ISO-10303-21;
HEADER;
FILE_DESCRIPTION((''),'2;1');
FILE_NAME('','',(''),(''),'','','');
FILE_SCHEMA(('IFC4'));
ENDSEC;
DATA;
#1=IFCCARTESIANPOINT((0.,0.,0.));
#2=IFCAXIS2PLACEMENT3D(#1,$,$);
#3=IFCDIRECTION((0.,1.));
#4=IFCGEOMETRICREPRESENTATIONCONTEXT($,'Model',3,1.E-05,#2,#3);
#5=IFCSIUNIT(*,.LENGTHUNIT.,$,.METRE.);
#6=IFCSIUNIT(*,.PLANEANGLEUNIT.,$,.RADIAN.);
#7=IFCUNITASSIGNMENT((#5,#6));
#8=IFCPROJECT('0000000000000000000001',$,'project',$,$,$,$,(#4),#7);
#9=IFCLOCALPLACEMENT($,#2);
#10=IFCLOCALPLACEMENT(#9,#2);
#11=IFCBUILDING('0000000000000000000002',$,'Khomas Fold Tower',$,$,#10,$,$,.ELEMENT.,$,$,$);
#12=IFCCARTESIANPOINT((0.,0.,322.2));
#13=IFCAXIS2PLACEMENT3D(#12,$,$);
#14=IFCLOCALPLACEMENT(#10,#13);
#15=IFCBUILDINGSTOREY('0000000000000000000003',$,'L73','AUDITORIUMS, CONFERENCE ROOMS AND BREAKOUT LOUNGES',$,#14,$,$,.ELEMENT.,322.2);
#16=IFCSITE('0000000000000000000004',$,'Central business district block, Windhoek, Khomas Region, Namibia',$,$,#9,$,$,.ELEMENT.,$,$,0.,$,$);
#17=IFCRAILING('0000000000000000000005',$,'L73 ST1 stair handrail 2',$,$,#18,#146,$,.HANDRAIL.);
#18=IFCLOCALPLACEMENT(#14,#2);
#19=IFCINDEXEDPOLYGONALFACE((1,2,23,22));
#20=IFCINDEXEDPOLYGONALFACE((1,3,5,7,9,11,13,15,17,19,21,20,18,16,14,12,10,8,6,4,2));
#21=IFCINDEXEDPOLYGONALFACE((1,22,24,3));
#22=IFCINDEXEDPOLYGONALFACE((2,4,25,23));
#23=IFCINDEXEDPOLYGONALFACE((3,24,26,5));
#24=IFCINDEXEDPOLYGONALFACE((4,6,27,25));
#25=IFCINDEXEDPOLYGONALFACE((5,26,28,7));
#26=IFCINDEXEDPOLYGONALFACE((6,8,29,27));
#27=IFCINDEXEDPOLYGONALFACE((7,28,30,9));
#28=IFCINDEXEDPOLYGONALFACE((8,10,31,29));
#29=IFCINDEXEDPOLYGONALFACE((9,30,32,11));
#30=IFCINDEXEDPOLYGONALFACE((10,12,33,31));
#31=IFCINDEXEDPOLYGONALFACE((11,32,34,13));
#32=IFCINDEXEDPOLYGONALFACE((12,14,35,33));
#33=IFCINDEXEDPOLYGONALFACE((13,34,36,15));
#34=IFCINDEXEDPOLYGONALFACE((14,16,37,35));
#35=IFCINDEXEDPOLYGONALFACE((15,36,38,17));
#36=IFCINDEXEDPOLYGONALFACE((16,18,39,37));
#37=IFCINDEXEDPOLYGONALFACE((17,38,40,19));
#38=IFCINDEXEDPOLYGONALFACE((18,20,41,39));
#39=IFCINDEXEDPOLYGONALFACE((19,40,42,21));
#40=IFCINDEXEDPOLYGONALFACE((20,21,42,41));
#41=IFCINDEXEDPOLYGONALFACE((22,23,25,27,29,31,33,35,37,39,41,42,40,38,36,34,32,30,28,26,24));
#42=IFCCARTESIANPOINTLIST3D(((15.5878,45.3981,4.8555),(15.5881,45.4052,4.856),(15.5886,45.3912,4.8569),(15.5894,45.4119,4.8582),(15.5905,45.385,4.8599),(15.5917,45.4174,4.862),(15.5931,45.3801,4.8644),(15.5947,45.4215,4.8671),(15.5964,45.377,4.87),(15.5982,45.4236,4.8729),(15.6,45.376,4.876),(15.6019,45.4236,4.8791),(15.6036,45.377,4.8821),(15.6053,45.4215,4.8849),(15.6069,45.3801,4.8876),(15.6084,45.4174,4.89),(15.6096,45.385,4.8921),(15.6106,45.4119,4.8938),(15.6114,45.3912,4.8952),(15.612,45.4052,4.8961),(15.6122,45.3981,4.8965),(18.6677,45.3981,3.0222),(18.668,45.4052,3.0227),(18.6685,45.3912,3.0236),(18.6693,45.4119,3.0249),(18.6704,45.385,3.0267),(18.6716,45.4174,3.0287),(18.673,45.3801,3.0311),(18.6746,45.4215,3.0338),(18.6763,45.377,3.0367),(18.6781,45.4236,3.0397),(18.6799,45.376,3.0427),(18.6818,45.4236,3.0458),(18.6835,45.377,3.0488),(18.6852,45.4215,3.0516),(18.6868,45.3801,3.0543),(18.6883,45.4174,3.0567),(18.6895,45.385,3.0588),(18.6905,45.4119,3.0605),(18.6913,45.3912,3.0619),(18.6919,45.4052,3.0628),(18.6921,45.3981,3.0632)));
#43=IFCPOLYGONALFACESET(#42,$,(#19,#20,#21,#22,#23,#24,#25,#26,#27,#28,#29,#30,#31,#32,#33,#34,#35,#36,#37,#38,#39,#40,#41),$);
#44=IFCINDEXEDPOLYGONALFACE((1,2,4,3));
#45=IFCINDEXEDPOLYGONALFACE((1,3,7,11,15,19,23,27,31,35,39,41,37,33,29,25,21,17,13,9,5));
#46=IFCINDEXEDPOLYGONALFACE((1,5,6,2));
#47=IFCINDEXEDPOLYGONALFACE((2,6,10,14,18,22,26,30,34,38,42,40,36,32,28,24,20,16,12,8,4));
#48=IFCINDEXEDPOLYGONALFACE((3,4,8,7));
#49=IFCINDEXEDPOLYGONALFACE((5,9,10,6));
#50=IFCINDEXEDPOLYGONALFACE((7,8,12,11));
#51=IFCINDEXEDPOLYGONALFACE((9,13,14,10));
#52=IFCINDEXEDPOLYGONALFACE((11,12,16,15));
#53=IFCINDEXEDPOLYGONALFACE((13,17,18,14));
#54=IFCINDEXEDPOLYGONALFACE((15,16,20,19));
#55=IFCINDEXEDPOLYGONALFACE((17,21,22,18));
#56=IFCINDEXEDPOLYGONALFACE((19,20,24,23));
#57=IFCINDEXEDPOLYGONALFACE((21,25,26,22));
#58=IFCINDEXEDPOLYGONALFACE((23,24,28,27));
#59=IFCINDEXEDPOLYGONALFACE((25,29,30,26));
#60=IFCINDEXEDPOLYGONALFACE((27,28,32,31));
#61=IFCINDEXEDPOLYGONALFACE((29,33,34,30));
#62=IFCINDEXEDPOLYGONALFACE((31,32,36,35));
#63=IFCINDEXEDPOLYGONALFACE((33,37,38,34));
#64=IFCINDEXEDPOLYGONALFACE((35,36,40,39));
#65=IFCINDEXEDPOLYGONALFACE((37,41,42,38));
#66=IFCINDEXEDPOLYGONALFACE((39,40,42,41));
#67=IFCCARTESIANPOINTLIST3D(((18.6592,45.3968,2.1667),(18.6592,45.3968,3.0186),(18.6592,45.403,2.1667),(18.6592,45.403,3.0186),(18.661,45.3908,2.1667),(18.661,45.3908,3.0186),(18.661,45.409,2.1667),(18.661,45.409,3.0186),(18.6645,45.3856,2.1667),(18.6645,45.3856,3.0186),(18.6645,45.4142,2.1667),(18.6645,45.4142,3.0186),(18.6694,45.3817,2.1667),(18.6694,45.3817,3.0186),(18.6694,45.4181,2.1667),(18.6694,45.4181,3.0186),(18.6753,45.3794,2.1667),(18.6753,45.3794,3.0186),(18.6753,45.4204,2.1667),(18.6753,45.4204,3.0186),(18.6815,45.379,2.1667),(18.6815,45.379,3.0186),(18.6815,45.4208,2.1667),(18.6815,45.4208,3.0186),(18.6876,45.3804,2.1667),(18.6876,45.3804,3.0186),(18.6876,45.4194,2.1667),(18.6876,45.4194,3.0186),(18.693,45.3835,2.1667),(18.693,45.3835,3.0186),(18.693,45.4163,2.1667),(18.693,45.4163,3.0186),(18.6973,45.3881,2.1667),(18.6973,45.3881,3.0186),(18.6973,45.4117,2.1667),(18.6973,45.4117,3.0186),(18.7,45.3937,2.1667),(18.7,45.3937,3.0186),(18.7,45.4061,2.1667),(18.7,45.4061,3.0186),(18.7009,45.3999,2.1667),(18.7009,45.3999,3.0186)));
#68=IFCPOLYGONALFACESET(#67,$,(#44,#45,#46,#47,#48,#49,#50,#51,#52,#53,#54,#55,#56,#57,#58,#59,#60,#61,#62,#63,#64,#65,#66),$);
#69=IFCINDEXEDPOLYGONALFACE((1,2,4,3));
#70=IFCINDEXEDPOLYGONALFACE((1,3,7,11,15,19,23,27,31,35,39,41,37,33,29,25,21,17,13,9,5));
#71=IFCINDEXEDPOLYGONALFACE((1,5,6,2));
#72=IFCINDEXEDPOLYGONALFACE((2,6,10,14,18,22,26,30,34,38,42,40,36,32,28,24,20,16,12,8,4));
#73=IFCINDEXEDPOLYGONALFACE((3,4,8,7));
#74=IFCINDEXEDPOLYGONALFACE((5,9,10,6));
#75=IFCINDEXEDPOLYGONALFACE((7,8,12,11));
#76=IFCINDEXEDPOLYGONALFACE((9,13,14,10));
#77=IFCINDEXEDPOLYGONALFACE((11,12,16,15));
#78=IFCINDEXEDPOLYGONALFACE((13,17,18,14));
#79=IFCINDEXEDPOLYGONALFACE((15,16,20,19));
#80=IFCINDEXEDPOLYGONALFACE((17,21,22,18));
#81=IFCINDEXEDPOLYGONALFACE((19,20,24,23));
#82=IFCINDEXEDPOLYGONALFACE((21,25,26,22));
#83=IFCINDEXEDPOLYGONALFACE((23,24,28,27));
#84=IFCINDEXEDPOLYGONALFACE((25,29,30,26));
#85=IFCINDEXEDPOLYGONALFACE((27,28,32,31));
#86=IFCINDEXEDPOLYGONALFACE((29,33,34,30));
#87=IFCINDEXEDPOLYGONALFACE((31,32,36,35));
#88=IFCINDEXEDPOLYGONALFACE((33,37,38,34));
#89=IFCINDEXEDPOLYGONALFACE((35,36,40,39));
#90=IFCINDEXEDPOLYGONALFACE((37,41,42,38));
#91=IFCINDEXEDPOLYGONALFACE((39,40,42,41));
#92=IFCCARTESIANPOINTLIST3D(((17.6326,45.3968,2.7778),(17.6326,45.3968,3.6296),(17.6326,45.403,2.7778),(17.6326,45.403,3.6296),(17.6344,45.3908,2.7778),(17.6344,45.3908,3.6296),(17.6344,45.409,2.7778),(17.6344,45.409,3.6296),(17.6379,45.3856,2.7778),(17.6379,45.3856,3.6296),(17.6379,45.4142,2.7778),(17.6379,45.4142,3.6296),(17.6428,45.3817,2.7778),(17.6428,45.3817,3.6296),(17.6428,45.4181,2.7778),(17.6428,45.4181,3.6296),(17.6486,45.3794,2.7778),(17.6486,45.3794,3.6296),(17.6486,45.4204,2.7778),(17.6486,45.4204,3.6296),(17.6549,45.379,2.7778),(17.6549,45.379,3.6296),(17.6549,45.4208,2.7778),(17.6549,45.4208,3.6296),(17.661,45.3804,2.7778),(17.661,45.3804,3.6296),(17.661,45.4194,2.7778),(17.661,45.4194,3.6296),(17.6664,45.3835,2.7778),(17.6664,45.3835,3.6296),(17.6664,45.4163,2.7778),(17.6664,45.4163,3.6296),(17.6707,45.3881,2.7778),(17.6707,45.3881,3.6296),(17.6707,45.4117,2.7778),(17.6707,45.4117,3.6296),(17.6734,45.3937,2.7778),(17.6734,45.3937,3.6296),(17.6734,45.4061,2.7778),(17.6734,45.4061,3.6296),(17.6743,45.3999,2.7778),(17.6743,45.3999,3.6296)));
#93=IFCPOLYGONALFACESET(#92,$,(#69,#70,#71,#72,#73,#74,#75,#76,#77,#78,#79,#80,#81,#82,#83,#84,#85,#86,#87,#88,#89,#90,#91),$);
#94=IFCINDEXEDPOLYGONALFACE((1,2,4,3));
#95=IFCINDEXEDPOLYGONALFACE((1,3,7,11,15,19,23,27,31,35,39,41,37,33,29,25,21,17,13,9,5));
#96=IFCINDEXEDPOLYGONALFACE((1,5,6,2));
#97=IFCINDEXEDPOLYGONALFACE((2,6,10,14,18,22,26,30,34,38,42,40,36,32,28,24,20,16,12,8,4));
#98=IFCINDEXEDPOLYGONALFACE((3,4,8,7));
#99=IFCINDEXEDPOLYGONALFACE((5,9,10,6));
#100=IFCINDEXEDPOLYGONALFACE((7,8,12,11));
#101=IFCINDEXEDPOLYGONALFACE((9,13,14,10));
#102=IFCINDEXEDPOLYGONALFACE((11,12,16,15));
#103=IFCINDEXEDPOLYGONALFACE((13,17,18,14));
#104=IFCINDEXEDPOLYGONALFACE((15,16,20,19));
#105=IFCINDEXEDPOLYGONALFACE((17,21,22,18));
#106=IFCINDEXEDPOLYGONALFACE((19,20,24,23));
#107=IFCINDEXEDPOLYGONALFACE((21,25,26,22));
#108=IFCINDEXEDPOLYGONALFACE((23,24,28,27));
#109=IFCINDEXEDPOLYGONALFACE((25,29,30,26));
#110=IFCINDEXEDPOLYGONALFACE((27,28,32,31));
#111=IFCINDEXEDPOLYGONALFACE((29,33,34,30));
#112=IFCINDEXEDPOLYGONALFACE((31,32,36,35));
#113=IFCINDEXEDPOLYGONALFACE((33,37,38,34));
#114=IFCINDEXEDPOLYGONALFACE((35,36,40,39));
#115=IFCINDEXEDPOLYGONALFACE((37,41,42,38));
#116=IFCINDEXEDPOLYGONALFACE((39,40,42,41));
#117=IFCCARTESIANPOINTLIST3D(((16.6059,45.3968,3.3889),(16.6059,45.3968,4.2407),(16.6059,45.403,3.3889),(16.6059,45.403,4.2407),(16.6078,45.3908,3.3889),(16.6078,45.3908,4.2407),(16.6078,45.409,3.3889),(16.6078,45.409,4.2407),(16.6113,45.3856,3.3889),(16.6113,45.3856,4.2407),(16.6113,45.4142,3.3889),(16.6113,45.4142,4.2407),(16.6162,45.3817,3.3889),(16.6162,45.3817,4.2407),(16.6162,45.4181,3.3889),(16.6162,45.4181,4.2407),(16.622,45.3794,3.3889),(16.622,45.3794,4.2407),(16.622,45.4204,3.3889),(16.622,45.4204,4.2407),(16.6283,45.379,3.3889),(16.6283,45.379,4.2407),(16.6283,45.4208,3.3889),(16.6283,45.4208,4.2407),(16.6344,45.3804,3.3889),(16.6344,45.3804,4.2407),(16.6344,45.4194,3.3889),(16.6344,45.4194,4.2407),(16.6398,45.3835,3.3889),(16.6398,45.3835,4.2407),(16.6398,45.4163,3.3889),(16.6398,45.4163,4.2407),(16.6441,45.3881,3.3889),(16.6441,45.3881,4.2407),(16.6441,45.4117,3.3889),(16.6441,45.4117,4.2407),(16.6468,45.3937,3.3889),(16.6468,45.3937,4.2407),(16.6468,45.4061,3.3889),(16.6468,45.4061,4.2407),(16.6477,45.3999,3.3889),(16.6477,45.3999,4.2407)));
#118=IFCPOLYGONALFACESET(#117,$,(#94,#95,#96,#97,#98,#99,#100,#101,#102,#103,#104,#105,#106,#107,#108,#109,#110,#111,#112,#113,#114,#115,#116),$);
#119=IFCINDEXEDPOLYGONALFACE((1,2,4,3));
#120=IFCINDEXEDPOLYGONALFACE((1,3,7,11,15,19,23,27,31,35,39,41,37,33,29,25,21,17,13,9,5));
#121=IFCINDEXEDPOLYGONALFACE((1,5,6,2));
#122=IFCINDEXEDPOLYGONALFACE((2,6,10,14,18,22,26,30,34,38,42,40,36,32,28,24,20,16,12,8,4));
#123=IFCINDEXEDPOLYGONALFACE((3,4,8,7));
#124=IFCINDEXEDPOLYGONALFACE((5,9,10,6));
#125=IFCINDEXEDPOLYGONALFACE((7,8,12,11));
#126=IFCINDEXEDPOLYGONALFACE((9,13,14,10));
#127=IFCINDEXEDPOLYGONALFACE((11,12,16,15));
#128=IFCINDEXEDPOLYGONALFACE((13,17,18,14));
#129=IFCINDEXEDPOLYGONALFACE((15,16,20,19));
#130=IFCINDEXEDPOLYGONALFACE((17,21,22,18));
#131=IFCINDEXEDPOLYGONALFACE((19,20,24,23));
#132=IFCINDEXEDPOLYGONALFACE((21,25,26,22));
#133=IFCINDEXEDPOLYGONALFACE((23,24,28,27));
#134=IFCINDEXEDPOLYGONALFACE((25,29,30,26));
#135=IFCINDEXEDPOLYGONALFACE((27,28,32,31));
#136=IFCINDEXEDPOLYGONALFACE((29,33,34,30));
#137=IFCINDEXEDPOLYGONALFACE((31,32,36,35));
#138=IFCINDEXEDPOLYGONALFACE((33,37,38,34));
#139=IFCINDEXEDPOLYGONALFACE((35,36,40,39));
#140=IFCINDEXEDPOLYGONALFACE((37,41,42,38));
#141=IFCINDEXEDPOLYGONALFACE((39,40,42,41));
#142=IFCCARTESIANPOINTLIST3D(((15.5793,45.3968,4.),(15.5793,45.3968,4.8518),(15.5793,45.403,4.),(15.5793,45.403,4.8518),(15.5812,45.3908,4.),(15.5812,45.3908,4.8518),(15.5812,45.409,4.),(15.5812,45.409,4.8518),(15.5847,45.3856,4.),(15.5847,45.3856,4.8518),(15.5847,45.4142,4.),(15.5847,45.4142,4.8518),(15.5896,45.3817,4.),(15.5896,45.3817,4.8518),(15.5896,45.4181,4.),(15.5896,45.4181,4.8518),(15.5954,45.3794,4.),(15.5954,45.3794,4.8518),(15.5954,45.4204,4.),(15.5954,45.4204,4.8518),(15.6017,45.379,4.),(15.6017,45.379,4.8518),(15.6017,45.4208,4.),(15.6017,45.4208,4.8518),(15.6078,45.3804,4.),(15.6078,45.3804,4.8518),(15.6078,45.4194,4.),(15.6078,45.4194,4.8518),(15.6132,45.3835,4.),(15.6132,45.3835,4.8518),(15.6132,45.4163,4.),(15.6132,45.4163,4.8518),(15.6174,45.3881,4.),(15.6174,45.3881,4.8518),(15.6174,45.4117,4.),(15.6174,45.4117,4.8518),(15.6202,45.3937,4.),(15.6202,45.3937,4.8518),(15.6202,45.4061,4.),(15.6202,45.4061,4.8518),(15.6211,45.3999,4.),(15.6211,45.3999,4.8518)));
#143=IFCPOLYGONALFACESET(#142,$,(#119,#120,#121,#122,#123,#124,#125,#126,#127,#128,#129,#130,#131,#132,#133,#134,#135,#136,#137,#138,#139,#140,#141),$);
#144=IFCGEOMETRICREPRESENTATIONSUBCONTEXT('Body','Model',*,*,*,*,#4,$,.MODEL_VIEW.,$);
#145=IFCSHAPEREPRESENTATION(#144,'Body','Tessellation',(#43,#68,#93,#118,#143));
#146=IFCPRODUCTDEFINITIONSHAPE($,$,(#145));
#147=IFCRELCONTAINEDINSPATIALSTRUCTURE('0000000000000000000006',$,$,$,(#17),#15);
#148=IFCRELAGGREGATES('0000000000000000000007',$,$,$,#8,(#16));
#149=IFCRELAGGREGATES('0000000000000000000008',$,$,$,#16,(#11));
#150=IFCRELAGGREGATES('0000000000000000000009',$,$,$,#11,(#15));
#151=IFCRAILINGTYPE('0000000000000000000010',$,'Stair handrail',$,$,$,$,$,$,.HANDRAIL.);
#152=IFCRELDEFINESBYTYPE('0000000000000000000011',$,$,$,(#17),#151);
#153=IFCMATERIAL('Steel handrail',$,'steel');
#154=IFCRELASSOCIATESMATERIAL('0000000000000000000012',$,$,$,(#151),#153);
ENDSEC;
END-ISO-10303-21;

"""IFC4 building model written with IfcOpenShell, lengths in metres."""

from ifc_helpers import new_model, si_unit, direction, frame, origin, origin_2d, place, context, subcontext, project, spatial, circle, extrude, source, transform, mapped, material, type_object, element, save


model = new_model("IFC4")

# Units and contexts
model_context = context("Model", 3, precision=1e-05, world=origin(), true_north=direction((0.0, 1.0)))
body_context = subcontext(model_context, "Body", "Model", "MODEL_VIEW")
ifc_project = project(units=[si_unit("LENGTHUNIT", "METRE"), si_unit("PLANEANGLEUNIT", "RADIAN")], contexts=[model_context])

# Site, building, storey
site_placement = place(None, origin())
site = spatial("IfcSite", under=ifc_project, at=site_placement, Name="Central business district block, Windhoek, Khomas Region, Namibia", CompositionType="ELEMENT", RefElevation=0.0)
building_placement = place(site_placement, origin())
building = spatial("IfcBuilding", under=site, at=building_placement, Name="Khomas Fold Tower", CompositionType="ELEMENT")
storey_placement = place(building_placement, frame((0.0, 0.0, 322.2)))
storey = spatial("IfcBuildingStorey", under=building, at=storey_placement, Name="L73", Description="AUDITORIUMS, CONFERENCE ROOMS AND BREAKOUT LOUNGES", CompositionType="ELEMENT", Elevation=322.2)

# Railing
ifc_material_1 = material(Name="Steel handrail", Category="steel")
railing_type_1 = type_object("IfcRailingType", Name="Stair handrail", PredefinedType="HANDRAIL", material=ifc_material_1)
shared_shape_1 = source(origin(), body_context, "Body", "SweptSolid", [
    extrude(circle(Radius=0.0239, at=origin_2d()), frame((0.0, 0.0, 0.876), z_axis=(-0.859291, 0.0, 0.511487), x_axis=(0.0, -1.0, 0.0)), (0.0, 0.0, 1.0), 3.5842),
    extrude(circle(Radius=0.021, at=origin_2d()), origin(), (0.0, 0.0, 1.0), 0.8518),
    extrude(circle(Radius=0.021, at=origin_2d()), frame((-1.0266, 0.0, 0.6111)), (0.0, 0.0, 1.0), 0.8518),
    extrude(circle(Radius=0.021, at=origin_2d()), frame((-2.0532, 0.0, 1.2222)), (0.0, 0.0, 1.0), 0.8518),
    extrude(circle(Radius=0.021, at=origin_2d()), frame((-3.0798, 0.0, 1.8333)), (0.0, 0.0, 1.0), 0.8518),
])
railing_1_placement = place(storey_placement, frame((18.6799, 45.3999, 2.1667)))
element("IfcRailing", 1, at=railing_1_placement, inside=storey, type_object=railing_type_1, Name="L73 ST1 stair handrail 2", PredefinedType="HANDRAIL", context=body_context, shape_type="MappedRepresentation", body=[
    mapped(shared_shape_1, transform((0.0, 0.0, 0.0))),
])

save(model, "model.ifc")
